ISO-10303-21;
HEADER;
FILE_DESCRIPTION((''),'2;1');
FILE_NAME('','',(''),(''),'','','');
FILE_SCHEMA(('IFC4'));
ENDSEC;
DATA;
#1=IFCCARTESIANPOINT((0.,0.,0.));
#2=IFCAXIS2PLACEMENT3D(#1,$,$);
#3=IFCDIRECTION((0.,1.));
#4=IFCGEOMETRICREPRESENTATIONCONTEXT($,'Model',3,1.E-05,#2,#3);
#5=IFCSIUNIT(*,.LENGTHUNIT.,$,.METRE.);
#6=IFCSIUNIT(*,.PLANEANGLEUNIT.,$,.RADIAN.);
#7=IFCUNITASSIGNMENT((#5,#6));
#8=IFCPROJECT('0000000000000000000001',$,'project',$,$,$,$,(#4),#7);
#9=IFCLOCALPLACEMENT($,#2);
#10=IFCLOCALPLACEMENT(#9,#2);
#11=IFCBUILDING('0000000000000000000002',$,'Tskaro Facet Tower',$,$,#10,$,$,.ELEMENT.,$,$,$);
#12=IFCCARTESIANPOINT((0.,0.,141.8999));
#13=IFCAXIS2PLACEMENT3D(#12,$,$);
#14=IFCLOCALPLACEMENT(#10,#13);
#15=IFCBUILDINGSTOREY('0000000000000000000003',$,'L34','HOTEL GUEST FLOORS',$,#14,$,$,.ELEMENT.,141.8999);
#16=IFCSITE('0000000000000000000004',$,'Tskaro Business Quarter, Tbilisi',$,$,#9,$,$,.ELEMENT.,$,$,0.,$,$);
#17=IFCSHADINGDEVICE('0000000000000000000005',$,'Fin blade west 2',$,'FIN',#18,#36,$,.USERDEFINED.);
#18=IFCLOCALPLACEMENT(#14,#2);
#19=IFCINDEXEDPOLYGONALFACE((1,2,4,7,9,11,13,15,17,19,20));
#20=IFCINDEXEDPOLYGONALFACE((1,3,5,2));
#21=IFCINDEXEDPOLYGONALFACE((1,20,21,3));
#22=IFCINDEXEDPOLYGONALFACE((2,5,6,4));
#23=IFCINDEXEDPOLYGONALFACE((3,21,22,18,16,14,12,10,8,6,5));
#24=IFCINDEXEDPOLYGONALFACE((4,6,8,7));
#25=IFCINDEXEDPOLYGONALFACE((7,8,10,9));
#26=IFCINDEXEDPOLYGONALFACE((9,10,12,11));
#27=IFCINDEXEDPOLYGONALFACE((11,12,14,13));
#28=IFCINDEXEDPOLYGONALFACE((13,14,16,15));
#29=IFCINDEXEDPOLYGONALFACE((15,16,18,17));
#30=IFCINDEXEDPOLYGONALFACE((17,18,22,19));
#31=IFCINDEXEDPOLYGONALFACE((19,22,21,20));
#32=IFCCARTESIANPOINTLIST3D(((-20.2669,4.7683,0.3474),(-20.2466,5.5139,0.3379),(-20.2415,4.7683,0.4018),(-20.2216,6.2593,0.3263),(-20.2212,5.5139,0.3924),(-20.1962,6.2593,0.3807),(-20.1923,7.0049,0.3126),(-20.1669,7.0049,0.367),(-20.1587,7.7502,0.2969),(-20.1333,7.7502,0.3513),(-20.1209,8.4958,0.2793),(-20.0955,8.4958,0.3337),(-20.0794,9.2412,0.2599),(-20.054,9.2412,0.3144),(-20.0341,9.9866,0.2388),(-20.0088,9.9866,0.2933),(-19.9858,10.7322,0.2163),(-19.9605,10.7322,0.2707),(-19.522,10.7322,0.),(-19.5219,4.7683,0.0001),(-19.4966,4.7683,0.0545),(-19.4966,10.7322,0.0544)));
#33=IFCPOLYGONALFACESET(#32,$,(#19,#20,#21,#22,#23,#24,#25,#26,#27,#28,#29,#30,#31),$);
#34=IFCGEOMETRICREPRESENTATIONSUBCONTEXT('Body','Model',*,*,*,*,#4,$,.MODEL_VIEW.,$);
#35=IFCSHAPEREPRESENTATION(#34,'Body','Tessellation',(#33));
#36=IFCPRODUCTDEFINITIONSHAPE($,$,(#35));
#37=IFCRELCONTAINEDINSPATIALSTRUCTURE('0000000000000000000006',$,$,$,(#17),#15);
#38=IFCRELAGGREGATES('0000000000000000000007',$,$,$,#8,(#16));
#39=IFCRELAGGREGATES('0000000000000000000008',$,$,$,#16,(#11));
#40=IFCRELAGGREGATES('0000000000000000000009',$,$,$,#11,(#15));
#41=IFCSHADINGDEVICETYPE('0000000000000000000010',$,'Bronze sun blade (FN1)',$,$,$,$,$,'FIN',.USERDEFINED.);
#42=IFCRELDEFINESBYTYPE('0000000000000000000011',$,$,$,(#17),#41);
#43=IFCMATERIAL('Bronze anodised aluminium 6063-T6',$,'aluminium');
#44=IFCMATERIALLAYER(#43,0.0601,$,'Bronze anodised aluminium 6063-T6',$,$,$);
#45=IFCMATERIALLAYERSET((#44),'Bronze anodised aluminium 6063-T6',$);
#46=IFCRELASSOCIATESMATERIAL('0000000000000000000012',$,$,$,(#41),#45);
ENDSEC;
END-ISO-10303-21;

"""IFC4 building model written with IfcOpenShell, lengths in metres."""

from ifc_helpers import new_model, si_unit, direction, frame, origin, place, context, subcontext, project, spatial, polyline, outline, extrude, material, layer, layer_set, type_object, element, save


model = new_model("IFC4")

# Units and contexts
model_context = context("Model", 3, precision=1e-05, world=origin(), true_north=direction((0.0, 1.0)))
body_context = subcontext(model_context, "Body", "Model", "MODEL_VIEW")
ifc_project = project(units=[si_unit("LENGTHUNIT", "METRE"), si_unit("PLANEANGLEUNIT", "RADIAN")], contexts=[model_context])

# Site, building, storey
site_placement = place(None, origin())
site = spatial("IfcSite", under=ifc_project, at=site_placement, Name="Tskaro Business Quarter, Tbilisi", CompositionType="ELEMENT", RefElevation=0.0)
building_placement = place(site_placement, origin())
building = spatial("IfcBuilding", under=site, at=building_placement, Name="Tskaro Facet Tower", CompositionType="ELEMENT")
storey_placement = place(building_placement, frame((0.0, 0.0, 141.8999)))
storey = spatial("IfcBuildingStorey", under=building, at=storey_placement, Name="L34", Description="HOTEL GUEST FLOORS", CompositionType="ELEMENT", Elevation=141.8999)

# Shared definitions
ifc_material_1 = material(Name="Bronze anodised aluminium 6063-T6", Category="aluminium")

# Shading device
ifc_layer_1 = layer(ifc_material_1, 0.0601, Name="Bronze anodised aluminium 6063-T6")
ifc_layer_set_1 = layer_set([ifc_layer_1], Name="Bronze anodised aluminium 6063-T6")
shading_device_type = type_object("IfcShadingDeviceType", Name="Bronze sun blade (FN1)", ElementType="FIN", PredefinedType="USERDEFINED", material=ifc_layer_set_1)
shading_device_1_placement = place(storey_placement, frame((-19.4966, 10.7322, 0.0544), z_axis=(0.422595, 0.000007, 0.906319), x_axis=(0.000003, -1.0, 0.000007)))
element("IfcShadingDevice", 1, at=shading_device_1_placement, inside=storey, type_object=shading_device_type, Name="Fin blade west 2", ObjectType="FIN", PredefinedType="USERDEFINED", context=body_context, shape_type="SweptSolid", body=[
    extrude(outline(polyline([(0.0, 0.0), (5.9639, 0.0), (5.9639, -0.8219), (5.2183, -0.7995), (4.4729, -0.772), (3.7273, -0.7397), (2.9819, -0.7025), (2.2363, -0.6608), (1.491, -0.615), (0.7456, -0.5651), (0.0, -0.5118), (0.0, 0.0)])), origin(), (0.0, 0.0, -1.0), 0.0601),
])

save(model, "model.ifc")
